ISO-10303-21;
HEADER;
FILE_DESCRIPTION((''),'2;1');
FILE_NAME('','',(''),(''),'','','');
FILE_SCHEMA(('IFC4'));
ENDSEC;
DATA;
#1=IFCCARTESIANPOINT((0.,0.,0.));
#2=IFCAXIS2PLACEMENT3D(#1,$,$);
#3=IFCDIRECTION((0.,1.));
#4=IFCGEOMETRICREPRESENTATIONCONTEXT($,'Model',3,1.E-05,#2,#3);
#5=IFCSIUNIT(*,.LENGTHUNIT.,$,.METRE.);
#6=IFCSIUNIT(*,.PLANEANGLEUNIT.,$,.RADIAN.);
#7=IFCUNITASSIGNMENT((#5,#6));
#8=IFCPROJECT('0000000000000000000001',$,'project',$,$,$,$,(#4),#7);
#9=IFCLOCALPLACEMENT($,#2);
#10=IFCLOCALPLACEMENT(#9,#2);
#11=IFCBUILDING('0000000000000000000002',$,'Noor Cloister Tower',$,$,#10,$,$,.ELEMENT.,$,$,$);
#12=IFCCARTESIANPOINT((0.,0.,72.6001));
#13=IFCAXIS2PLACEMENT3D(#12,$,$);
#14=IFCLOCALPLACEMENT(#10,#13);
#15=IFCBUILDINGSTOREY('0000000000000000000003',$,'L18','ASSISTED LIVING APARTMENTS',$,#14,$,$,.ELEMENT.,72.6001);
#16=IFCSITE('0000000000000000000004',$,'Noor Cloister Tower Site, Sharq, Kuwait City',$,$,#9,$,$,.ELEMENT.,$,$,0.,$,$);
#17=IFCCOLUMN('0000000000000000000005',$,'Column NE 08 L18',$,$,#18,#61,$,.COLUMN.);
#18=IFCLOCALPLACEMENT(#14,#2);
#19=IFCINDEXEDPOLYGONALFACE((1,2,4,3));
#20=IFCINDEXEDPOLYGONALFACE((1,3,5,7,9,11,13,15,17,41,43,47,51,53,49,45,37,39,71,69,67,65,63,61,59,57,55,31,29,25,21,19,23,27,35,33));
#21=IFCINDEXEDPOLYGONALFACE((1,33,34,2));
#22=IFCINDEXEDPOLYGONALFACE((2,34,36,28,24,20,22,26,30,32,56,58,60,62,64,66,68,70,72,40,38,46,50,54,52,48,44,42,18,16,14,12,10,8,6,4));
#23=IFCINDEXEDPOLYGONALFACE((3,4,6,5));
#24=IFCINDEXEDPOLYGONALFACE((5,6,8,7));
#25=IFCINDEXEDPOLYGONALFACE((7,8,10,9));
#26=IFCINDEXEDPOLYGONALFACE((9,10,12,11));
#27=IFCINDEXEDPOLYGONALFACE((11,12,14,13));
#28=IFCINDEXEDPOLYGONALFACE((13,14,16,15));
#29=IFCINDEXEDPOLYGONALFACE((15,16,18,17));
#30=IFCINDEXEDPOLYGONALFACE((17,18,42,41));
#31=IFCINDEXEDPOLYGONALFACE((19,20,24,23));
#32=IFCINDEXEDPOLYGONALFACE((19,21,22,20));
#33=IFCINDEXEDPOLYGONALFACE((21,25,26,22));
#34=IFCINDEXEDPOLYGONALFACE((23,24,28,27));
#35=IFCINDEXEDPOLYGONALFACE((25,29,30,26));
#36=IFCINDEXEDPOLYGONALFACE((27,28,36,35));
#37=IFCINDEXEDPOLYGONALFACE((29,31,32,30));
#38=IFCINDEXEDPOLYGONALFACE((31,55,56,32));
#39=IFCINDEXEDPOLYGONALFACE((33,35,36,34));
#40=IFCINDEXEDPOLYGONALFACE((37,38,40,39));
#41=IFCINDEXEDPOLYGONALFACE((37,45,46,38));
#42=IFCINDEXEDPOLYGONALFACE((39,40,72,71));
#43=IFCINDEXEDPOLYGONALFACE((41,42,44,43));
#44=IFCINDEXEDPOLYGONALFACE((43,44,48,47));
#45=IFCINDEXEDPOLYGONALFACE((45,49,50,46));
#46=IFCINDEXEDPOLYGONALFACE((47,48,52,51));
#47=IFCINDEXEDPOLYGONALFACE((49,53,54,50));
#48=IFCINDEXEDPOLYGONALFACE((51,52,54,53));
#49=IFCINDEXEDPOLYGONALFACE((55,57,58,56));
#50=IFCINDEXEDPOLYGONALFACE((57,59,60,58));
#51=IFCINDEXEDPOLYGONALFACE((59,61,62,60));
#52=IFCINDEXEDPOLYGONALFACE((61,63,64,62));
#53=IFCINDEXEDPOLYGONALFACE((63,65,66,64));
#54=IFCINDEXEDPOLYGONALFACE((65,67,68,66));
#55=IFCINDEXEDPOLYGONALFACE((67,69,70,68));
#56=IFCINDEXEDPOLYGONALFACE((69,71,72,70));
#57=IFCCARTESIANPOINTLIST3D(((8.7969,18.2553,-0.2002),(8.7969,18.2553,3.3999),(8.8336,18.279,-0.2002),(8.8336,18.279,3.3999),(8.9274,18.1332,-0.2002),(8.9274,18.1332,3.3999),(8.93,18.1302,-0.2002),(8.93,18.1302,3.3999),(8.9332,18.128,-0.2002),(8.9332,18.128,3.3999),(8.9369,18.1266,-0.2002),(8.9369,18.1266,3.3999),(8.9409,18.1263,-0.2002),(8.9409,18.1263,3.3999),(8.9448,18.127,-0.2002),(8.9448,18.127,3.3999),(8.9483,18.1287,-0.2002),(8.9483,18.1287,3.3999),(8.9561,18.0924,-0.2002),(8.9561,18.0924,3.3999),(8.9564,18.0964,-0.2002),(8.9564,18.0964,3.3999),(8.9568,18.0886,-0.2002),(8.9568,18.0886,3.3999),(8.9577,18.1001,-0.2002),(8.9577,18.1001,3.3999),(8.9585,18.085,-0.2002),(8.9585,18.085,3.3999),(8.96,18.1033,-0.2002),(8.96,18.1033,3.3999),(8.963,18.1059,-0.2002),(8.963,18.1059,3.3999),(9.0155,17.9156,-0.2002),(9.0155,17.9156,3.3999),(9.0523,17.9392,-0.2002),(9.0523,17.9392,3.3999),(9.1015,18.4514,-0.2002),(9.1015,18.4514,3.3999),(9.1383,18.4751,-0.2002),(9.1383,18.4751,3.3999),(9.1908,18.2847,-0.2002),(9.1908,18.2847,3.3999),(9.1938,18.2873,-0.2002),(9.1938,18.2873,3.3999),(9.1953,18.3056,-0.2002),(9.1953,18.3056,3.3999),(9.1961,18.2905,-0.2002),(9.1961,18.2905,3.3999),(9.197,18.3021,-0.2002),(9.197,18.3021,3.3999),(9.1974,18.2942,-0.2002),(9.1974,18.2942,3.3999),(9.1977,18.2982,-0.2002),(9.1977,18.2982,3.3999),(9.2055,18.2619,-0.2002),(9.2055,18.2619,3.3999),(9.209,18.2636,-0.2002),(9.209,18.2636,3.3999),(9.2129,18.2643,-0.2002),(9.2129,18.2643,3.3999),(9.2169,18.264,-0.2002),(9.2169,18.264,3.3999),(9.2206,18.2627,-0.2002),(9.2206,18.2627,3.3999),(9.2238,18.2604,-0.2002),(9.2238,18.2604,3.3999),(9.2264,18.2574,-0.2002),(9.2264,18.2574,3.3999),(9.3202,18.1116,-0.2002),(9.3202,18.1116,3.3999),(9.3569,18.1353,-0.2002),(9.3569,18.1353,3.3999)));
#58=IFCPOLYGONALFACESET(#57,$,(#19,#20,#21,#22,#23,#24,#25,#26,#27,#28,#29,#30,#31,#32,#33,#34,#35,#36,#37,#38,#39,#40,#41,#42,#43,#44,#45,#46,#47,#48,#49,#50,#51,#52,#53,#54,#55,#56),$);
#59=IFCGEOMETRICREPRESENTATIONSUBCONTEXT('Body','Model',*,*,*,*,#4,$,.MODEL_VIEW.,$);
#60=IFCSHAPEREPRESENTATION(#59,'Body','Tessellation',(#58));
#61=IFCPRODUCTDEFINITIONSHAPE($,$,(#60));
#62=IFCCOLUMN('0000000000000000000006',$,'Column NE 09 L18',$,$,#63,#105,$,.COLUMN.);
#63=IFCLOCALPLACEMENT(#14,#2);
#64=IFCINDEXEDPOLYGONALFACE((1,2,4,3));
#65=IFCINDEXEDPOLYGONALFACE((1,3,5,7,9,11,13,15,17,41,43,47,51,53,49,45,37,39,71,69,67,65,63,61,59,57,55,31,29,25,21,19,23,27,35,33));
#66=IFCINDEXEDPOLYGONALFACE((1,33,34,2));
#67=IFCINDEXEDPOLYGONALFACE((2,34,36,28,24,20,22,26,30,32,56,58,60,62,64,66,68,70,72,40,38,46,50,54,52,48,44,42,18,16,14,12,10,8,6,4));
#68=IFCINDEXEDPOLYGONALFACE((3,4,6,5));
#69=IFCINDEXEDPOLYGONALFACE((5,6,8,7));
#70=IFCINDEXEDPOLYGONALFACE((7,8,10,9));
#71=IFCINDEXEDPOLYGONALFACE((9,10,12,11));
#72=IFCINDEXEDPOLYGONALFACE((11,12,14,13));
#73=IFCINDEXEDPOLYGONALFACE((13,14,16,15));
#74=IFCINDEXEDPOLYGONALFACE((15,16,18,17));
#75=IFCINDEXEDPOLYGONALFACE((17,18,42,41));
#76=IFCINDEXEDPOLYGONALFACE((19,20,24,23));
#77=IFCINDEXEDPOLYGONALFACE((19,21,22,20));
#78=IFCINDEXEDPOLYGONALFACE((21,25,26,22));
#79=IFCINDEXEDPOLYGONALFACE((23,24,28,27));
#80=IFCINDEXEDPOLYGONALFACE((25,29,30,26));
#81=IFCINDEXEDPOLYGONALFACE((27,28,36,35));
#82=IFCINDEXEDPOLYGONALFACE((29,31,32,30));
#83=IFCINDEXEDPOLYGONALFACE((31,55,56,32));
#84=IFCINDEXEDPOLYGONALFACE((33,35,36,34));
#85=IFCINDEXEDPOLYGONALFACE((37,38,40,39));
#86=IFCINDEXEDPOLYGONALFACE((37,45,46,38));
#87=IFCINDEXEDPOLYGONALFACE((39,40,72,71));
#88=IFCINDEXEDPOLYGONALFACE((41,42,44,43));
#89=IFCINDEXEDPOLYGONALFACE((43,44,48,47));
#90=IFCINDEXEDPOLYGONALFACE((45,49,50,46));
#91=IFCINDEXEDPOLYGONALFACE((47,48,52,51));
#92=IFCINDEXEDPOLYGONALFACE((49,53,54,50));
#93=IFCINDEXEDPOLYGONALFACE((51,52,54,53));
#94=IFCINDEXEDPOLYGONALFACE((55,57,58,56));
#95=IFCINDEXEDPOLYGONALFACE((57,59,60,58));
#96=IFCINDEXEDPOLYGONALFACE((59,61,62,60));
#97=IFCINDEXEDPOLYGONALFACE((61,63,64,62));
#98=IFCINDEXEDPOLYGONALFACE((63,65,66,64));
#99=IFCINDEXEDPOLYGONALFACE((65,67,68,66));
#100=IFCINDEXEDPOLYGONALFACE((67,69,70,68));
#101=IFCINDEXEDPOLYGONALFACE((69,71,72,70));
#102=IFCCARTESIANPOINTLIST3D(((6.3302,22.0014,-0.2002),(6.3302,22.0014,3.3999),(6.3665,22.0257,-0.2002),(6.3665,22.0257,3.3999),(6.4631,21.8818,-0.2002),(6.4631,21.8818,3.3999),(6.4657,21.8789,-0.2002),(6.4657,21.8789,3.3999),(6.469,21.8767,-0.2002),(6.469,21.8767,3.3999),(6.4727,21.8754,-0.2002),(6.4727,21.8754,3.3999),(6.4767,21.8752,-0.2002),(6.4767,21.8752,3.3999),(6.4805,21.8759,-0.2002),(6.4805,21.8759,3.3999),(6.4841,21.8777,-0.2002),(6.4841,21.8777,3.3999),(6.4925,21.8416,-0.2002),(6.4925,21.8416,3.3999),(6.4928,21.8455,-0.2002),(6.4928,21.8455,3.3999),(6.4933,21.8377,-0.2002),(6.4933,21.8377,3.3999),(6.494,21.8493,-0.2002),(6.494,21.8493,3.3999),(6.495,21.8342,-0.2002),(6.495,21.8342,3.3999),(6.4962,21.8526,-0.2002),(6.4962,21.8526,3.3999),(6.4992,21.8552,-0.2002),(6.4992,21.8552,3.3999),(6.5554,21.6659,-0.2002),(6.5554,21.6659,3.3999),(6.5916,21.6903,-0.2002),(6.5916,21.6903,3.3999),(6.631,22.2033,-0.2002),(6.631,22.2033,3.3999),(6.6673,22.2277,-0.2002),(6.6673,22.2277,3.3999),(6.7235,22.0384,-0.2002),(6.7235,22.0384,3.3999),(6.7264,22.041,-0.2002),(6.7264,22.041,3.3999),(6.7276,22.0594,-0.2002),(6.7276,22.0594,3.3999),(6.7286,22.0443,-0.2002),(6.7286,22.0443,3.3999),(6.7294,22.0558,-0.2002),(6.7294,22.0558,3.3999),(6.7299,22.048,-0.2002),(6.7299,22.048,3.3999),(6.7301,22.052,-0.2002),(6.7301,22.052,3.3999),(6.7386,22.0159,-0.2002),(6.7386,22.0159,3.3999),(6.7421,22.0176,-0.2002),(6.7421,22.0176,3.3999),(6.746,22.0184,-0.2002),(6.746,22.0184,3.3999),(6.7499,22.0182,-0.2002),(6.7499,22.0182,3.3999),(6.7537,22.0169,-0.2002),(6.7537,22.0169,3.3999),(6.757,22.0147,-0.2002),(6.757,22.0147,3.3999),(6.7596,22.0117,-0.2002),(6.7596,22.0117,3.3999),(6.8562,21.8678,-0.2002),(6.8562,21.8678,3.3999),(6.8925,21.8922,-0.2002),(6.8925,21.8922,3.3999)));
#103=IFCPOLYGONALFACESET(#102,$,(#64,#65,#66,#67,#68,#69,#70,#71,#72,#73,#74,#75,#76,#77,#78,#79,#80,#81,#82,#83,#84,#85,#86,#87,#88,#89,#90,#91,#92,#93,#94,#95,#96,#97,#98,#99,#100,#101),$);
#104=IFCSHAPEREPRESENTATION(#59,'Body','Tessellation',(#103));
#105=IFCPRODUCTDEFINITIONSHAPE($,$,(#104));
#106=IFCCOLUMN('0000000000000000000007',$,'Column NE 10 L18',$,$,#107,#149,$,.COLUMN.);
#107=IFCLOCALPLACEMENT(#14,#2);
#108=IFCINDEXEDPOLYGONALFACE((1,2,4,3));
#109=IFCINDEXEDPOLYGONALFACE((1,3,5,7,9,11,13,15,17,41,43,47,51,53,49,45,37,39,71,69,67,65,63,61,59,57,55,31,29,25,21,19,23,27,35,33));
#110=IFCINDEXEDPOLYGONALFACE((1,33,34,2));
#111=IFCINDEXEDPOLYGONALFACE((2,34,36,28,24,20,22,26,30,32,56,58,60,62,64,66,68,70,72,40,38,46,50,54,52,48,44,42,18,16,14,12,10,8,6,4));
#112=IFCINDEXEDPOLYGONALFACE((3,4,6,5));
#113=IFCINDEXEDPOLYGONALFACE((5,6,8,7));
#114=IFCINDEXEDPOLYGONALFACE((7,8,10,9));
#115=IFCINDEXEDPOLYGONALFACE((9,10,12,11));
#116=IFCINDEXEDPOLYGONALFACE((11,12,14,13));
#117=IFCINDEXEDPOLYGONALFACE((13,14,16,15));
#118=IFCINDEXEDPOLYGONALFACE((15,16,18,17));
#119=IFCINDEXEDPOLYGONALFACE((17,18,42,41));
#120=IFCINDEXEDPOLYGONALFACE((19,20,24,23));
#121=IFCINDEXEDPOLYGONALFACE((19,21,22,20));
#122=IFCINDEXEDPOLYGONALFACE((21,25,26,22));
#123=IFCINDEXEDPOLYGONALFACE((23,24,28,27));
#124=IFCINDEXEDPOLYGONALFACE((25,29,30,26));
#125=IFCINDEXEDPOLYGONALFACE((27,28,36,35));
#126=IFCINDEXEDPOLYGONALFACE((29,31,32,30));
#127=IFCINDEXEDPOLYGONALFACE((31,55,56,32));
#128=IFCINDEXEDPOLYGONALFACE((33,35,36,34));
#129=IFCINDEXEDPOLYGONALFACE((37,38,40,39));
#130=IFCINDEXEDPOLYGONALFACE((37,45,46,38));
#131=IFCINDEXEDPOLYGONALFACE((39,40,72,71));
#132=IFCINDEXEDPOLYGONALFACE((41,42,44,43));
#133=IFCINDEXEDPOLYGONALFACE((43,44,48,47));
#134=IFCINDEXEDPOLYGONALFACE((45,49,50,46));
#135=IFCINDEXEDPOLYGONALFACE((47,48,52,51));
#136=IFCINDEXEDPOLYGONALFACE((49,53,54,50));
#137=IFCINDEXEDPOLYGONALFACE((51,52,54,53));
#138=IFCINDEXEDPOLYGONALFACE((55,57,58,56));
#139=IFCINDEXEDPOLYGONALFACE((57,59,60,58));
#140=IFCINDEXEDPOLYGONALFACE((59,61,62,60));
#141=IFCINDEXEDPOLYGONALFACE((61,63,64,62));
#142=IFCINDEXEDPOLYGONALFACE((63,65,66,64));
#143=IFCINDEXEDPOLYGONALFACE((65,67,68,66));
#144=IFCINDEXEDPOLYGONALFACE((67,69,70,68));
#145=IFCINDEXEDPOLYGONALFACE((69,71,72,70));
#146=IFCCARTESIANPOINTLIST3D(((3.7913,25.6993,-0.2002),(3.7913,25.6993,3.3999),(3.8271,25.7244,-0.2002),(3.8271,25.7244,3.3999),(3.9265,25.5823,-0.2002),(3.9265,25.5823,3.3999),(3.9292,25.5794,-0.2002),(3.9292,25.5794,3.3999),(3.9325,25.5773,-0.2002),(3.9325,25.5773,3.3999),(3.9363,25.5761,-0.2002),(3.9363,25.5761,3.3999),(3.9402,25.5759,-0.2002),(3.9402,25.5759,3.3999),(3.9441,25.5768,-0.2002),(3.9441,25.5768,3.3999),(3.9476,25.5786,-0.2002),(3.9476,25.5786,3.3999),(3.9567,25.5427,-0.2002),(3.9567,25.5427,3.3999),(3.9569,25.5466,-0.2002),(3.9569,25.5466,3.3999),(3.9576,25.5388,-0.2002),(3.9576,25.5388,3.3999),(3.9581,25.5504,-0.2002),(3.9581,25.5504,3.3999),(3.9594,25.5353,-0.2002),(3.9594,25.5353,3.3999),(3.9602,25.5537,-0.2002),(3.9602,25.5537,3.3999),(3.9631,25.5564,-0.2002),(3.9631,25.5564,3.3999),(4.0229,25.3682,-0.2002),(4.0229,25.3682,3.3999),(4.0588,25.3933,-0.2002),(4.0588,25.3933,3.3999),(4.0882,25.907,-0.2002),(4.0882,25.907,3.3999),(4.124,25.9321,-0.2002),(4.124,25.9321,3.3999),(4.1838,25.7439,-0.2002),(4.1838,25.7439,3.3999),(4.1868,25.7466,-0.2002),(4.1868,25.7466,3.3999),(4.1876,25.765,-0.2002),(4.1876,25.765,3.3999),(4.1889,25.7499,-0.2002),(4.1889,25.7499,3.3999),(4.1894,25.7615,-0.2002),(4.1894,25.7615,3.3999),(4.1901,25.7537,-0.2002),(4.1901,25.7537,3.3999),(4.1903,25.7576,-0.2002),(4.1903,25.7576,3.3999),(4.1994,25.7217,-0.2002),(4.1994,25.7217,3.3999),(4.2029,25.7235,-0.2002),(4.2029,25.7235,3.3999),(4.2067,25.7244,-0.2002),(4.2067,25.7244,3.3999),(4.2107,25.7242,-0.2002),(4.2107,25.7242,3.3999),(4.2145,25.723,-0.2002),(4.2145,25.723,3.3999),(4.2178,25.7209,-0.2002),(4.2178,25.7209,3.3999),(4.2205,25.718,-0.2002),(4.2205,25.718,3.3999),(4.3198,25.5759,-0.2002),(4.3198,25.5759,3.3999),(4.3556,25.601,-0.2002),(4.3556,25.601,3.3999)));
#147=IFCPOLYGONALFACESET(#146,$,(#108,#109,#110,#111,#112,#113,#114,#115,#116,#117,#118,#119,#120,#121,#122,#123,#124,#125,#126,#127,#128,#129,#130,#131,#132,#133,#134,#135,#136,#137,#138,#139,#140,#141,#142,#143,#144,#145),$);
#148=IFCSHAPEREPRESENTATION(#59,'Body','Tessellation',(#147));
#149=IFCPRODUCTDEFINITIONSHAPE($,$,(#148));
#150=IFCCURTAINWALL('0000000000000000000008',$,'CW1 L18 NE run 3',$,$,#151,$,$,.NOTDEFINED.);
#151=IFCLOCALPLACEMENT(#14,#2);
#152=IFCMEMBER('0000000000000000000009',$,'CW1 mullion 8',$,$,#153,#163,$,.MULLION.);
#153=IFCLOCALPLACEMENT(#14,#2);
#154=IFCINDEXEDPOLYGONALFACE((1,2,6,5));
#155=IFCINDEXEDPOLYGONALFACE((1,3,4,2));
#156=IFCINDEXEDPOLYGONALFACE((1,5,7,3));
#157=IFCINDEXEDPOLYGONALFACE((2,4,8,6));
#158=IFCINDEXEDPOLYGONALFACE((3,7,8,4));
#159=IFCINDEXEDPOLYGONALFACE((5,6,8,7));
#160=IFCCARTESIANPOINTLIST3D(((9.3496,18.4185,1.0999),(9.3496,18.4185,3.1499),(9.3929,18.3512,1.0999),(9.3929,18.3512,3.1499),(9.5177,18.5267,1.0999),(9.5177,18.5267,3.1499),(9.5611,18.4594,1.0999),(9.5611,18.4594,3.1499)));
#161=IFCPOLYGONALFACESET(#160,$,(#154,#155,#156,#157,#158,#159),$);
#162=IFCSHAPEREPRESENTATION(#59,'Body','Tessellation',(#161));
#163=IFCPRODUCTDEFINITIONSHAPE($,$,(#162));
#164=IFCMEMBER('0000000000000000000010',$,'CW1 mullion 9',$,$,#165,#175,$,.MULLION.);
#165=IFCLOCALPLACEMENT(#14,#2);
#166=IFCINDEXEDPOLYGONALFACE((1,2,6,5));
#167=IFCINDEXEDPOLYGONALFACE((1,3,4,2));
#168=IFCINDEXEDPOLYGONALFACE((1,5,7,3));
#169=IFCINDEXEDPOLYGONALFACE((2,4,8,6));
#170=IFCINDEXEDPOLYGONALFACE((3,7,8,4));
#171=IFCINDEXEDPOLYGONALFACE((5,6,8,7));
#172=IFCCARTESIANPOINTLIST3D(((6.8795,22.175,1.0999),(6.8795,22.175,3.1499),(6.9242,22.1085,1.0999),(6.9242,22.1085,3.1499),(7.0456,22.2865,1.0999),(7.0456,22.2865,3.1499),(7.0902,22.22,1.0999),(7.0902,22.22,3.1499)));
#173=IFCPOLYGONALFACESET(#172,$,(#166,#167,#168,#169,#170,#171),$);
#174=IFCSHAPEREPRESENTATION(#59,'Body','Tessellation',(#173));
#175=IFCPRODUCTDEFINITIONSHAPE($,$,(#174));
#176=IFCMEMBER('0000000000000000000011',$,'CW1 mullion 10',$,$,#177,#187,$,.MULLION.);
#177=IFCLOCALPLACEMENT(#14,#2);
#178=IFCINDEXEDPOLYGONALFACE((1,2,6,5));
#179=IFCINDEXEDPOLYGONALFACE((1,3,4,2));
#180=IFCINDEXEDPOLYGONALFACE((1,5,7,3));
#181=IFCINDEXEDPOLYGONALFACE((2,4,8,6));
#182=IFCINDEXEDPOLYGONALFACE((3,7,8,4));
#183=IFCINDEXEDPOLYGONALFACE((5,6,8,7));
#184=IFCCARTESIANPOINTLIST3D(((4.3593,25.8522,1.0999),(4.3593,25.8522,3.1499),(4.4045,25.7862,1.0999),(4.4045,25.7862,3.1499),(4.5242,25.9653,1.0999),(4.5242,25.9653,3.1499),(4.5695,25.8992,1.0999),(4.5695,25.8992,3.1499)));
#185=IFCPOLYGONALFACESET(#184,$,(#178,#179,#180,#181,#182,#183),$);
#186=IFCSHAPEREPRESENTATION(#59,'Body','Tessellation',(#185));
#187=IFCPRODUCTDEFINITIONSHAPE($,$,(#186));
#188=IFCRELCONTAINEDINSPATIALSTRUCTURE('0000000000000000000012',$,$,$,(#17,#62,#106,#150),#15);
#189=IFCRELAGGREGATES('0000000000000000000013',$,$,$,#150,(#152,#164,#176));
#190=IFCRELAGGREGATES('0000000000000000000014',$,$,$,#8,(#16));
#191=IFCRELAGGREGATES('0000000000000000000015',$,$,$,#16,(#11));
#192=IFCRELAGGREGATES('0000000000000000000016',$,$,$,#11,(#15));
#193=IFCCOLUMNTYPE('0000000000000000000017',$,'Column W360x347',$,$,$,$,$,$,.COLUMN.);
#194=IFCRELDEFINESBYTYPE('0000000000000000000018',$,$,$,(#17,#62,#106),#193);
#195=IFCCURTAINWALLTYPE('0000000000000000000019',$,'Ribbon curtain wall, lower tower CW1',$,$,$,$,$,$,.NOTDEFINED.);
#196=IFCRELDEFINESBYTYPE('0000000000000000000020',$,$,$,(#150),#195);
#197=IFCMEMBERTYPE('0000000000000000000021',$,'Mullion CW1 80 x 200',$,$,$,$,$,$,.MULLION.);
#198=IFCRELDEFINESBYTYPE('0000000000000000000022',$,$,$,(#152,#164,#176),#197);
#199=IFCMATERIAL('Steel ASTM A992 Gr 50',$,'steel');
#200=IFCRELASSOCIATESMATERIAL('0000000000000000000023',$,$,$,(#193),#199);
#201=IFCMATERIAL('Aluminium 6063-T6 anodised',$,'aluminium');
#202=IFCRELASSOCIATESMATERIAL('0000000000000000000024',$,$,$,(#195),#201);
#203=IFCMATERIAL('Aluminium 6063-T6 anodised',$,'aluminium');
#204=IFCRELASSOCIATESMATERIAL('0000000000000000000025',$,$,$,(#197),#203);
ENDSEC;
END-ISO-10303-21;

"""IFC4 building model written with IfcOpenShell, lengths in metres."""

from ifc_helpers import new_model, si_unit, direction, frame, origin, origin_2d, place, context, subcontext, project, spatial, rectangle, i_section, extrude, material, material_profile, profile_set, type_object, element, aggregate, save


model = new_model("IFC4")

# Units and contexts
model_context = context("Model", 3, precision=1e-05, world=origin(), true_north=direction((0.0, 1.0)))
body_context = subcontext(model_context, "Body", "Model", "MODEL_VIEW")
ifc_project = project(units=[si_unit("LENGTHUNIT", "METRE"), si_unit("PLANEANGLEUNIT", "RADIAN")], contexts=[model_context])

# Site, building, storey
site_placement = place(None, origin())
site = spatial("IfcSite", under=ifc_project, at=site_placement, Name="Noor Cloister Tower Site, Sharq, Kuwait City", CompositionType="ELEMENT", RefElevation=0.0)
building_placement = place(site_placement, origin())
building = spatial("IfcBuilding", under=site, at=building_placement, Name="Noor Cloister Tower", CompositionType="ELEMENT")
storey_placement = place(building_placement, frame((0.0, 0.0, 72.6001)))
storey = spatial("IfcBuildingStorey", under=building, at=storey_placement, Name="L18", Description="ASSISTED LIVING APARTMENTS", CompositionType="ELEMENT", Elevation=72.6001)

# Columns
ifc_material_1 = material(Name="Steel ASTM A992 Gr 50", Category="steel")
ifc_material_profile_1 = material_profile(ifc_material_1, i_section(OverallWidth=0.4041, OverallDepth=0.406, WebThickness=0.0271, FlangeThickness=0.0437, FilletRadius=0.0151, at=origin_2d()), Name="W360x347")
ifc_profile_set_1 = profile_set([ifc_material_profile_1], Name="Steel ASTM A992 Gr 50")
column_type = type_object("IfcColumnType", Name="Column W360x347", PredefinedType="COLUMN", material=ifc_profile_set_1)
for number, where, z_axis, x_axis, name in (
    (1, (9.0769, 18.1953, -0.2002), (0.0, 0.0, 1.0), (-0.541171, 0.840912, 0.0), "Column NE 08 L18"),
    (2, (6.6113, 21.9468, -0.2002), (0.0, 0.0, 1.0), (-0.557293, 0.830316, 0.0), "Column NE 09 L18"),
    (3, (4.0735, 25.6501, -0.2002), (0.0, 0.0, 1.0), (-0.573207, 0.819411, 0.0), "Column NE 10 L18"),
):
    element("IfcColumn", number, at=place(storey_placement, frame(where, z_axis=z_axis, x_axis=x_axis)), inside=storey, type_object=column_type, Name=name, PredefinedType="COLUMN", context=body_context, shape_type="SweptSolid", body=[
        extrude(i_section(OverallWidth=0.4041, OverallDepth=0.406, WebThickness=0.0271, FlangeThickness=0.0437, FilletRadius=0.0151, at=origin_2d()), origin(), (0.0, 0.0, 1.0), 3.6001),
    ])

# Curtain wall, members
ifc_material_2 = material(Name="Aluminium 6063-T6 anodised", Category="aluminium")
curtain_wall_type = type_object("IfcCurtainWallType", Name="Ribbon curtain wall, lower tower CW1", PredefinedType="NOTDEFINED", material=ifc_material_2)
curtain_wall_placement = place(storey_placement, origin())
curtain_wall = element("IfcCurtainWall", 4, at=curtain_wall_placement, inside=storey, type_object=curtain_wall_type, Name="CW1 L18 NE run 3", PredefinedType="NOTDEFINED")
ifc_material_3 = material(Name="Aluminium 6063-T6 anodised", Category="aluminium")
ifc_material_profile_2 = material_profile(ifc_material_3, rectangle(XDim=0.2, YDim=0.0801, at=origin_2d()), Name="200 x 80 mullion")
ifc_profile_set_2 = profile_set([ifc_material_profile_2], Name="Aluminium 6063-T6 anodised")
member_type = type_object("IfcMemberType", Name="Mullion CW1 80 x 200", PredefinedType="MULLION", material=ifc_profile_set_2)
member_1_placement = place(storey_placement, frame((9.4553, 18.439, 1.0999), z_axis=(0.0, 0.0, 1.0), x_axis=(-0.840912, -0.541171, 0.0)))
member_1 = element("IfcMember", 5, at=member_1_placement, type_object=member_type, Name="CW1 mullion 8", PredefinedType="MULLION", context=body_context, shape_type="SweptSolid", body=[
    extrude(rectangle(XDim=0.2, YDim=0.0801, at=origin_2d()), origin(), (0.0, 0.0, 1.0), 2.05),
])
member_2_placement = place(storey_placement, frame((6.9849, 22.1975, 1.0999), z_axis=(0.0, 0.0, 1.0), x_axis=(-0.830316, -0.557293, 0.0)))
member_2 = element("IfcMember", 6, at=member_2_placement, type_object=member_type, Name="CW1 mullion 9", PredefinedType="MULLION", context=body_context, shape_type="SweptSolid", body=[
    extrude(rectangle(XDim=0.2, YDim=0.0801, at=origin_2d()), origin(), (0.0, 0.0, 1.0), 2.05),
])
member_3_placement = place(storey_placement, frame((4.4644, 25.8757, 1.0999), z_axis=(0.0, 0.0, 1.0), x_axis=(-0.824902, -0.565276, 0.0)))
member_3 = element("IfcMember", 7, at=member_3_placement, type_object=member_type, Name="CW1 mullion 10", PredefinedType="MULLION", context=body_context, shape_type="SweptSolid", body=[
    extrude(rectangle(XDim=0.2, YDim=0.0801, at=origin_2d()), origin(), (0.0, 0.0, 1.0), 2.05),
])

aggregate(curtain_wall, [member_1, member_2, member_3])

save(model, "model.ifc")
